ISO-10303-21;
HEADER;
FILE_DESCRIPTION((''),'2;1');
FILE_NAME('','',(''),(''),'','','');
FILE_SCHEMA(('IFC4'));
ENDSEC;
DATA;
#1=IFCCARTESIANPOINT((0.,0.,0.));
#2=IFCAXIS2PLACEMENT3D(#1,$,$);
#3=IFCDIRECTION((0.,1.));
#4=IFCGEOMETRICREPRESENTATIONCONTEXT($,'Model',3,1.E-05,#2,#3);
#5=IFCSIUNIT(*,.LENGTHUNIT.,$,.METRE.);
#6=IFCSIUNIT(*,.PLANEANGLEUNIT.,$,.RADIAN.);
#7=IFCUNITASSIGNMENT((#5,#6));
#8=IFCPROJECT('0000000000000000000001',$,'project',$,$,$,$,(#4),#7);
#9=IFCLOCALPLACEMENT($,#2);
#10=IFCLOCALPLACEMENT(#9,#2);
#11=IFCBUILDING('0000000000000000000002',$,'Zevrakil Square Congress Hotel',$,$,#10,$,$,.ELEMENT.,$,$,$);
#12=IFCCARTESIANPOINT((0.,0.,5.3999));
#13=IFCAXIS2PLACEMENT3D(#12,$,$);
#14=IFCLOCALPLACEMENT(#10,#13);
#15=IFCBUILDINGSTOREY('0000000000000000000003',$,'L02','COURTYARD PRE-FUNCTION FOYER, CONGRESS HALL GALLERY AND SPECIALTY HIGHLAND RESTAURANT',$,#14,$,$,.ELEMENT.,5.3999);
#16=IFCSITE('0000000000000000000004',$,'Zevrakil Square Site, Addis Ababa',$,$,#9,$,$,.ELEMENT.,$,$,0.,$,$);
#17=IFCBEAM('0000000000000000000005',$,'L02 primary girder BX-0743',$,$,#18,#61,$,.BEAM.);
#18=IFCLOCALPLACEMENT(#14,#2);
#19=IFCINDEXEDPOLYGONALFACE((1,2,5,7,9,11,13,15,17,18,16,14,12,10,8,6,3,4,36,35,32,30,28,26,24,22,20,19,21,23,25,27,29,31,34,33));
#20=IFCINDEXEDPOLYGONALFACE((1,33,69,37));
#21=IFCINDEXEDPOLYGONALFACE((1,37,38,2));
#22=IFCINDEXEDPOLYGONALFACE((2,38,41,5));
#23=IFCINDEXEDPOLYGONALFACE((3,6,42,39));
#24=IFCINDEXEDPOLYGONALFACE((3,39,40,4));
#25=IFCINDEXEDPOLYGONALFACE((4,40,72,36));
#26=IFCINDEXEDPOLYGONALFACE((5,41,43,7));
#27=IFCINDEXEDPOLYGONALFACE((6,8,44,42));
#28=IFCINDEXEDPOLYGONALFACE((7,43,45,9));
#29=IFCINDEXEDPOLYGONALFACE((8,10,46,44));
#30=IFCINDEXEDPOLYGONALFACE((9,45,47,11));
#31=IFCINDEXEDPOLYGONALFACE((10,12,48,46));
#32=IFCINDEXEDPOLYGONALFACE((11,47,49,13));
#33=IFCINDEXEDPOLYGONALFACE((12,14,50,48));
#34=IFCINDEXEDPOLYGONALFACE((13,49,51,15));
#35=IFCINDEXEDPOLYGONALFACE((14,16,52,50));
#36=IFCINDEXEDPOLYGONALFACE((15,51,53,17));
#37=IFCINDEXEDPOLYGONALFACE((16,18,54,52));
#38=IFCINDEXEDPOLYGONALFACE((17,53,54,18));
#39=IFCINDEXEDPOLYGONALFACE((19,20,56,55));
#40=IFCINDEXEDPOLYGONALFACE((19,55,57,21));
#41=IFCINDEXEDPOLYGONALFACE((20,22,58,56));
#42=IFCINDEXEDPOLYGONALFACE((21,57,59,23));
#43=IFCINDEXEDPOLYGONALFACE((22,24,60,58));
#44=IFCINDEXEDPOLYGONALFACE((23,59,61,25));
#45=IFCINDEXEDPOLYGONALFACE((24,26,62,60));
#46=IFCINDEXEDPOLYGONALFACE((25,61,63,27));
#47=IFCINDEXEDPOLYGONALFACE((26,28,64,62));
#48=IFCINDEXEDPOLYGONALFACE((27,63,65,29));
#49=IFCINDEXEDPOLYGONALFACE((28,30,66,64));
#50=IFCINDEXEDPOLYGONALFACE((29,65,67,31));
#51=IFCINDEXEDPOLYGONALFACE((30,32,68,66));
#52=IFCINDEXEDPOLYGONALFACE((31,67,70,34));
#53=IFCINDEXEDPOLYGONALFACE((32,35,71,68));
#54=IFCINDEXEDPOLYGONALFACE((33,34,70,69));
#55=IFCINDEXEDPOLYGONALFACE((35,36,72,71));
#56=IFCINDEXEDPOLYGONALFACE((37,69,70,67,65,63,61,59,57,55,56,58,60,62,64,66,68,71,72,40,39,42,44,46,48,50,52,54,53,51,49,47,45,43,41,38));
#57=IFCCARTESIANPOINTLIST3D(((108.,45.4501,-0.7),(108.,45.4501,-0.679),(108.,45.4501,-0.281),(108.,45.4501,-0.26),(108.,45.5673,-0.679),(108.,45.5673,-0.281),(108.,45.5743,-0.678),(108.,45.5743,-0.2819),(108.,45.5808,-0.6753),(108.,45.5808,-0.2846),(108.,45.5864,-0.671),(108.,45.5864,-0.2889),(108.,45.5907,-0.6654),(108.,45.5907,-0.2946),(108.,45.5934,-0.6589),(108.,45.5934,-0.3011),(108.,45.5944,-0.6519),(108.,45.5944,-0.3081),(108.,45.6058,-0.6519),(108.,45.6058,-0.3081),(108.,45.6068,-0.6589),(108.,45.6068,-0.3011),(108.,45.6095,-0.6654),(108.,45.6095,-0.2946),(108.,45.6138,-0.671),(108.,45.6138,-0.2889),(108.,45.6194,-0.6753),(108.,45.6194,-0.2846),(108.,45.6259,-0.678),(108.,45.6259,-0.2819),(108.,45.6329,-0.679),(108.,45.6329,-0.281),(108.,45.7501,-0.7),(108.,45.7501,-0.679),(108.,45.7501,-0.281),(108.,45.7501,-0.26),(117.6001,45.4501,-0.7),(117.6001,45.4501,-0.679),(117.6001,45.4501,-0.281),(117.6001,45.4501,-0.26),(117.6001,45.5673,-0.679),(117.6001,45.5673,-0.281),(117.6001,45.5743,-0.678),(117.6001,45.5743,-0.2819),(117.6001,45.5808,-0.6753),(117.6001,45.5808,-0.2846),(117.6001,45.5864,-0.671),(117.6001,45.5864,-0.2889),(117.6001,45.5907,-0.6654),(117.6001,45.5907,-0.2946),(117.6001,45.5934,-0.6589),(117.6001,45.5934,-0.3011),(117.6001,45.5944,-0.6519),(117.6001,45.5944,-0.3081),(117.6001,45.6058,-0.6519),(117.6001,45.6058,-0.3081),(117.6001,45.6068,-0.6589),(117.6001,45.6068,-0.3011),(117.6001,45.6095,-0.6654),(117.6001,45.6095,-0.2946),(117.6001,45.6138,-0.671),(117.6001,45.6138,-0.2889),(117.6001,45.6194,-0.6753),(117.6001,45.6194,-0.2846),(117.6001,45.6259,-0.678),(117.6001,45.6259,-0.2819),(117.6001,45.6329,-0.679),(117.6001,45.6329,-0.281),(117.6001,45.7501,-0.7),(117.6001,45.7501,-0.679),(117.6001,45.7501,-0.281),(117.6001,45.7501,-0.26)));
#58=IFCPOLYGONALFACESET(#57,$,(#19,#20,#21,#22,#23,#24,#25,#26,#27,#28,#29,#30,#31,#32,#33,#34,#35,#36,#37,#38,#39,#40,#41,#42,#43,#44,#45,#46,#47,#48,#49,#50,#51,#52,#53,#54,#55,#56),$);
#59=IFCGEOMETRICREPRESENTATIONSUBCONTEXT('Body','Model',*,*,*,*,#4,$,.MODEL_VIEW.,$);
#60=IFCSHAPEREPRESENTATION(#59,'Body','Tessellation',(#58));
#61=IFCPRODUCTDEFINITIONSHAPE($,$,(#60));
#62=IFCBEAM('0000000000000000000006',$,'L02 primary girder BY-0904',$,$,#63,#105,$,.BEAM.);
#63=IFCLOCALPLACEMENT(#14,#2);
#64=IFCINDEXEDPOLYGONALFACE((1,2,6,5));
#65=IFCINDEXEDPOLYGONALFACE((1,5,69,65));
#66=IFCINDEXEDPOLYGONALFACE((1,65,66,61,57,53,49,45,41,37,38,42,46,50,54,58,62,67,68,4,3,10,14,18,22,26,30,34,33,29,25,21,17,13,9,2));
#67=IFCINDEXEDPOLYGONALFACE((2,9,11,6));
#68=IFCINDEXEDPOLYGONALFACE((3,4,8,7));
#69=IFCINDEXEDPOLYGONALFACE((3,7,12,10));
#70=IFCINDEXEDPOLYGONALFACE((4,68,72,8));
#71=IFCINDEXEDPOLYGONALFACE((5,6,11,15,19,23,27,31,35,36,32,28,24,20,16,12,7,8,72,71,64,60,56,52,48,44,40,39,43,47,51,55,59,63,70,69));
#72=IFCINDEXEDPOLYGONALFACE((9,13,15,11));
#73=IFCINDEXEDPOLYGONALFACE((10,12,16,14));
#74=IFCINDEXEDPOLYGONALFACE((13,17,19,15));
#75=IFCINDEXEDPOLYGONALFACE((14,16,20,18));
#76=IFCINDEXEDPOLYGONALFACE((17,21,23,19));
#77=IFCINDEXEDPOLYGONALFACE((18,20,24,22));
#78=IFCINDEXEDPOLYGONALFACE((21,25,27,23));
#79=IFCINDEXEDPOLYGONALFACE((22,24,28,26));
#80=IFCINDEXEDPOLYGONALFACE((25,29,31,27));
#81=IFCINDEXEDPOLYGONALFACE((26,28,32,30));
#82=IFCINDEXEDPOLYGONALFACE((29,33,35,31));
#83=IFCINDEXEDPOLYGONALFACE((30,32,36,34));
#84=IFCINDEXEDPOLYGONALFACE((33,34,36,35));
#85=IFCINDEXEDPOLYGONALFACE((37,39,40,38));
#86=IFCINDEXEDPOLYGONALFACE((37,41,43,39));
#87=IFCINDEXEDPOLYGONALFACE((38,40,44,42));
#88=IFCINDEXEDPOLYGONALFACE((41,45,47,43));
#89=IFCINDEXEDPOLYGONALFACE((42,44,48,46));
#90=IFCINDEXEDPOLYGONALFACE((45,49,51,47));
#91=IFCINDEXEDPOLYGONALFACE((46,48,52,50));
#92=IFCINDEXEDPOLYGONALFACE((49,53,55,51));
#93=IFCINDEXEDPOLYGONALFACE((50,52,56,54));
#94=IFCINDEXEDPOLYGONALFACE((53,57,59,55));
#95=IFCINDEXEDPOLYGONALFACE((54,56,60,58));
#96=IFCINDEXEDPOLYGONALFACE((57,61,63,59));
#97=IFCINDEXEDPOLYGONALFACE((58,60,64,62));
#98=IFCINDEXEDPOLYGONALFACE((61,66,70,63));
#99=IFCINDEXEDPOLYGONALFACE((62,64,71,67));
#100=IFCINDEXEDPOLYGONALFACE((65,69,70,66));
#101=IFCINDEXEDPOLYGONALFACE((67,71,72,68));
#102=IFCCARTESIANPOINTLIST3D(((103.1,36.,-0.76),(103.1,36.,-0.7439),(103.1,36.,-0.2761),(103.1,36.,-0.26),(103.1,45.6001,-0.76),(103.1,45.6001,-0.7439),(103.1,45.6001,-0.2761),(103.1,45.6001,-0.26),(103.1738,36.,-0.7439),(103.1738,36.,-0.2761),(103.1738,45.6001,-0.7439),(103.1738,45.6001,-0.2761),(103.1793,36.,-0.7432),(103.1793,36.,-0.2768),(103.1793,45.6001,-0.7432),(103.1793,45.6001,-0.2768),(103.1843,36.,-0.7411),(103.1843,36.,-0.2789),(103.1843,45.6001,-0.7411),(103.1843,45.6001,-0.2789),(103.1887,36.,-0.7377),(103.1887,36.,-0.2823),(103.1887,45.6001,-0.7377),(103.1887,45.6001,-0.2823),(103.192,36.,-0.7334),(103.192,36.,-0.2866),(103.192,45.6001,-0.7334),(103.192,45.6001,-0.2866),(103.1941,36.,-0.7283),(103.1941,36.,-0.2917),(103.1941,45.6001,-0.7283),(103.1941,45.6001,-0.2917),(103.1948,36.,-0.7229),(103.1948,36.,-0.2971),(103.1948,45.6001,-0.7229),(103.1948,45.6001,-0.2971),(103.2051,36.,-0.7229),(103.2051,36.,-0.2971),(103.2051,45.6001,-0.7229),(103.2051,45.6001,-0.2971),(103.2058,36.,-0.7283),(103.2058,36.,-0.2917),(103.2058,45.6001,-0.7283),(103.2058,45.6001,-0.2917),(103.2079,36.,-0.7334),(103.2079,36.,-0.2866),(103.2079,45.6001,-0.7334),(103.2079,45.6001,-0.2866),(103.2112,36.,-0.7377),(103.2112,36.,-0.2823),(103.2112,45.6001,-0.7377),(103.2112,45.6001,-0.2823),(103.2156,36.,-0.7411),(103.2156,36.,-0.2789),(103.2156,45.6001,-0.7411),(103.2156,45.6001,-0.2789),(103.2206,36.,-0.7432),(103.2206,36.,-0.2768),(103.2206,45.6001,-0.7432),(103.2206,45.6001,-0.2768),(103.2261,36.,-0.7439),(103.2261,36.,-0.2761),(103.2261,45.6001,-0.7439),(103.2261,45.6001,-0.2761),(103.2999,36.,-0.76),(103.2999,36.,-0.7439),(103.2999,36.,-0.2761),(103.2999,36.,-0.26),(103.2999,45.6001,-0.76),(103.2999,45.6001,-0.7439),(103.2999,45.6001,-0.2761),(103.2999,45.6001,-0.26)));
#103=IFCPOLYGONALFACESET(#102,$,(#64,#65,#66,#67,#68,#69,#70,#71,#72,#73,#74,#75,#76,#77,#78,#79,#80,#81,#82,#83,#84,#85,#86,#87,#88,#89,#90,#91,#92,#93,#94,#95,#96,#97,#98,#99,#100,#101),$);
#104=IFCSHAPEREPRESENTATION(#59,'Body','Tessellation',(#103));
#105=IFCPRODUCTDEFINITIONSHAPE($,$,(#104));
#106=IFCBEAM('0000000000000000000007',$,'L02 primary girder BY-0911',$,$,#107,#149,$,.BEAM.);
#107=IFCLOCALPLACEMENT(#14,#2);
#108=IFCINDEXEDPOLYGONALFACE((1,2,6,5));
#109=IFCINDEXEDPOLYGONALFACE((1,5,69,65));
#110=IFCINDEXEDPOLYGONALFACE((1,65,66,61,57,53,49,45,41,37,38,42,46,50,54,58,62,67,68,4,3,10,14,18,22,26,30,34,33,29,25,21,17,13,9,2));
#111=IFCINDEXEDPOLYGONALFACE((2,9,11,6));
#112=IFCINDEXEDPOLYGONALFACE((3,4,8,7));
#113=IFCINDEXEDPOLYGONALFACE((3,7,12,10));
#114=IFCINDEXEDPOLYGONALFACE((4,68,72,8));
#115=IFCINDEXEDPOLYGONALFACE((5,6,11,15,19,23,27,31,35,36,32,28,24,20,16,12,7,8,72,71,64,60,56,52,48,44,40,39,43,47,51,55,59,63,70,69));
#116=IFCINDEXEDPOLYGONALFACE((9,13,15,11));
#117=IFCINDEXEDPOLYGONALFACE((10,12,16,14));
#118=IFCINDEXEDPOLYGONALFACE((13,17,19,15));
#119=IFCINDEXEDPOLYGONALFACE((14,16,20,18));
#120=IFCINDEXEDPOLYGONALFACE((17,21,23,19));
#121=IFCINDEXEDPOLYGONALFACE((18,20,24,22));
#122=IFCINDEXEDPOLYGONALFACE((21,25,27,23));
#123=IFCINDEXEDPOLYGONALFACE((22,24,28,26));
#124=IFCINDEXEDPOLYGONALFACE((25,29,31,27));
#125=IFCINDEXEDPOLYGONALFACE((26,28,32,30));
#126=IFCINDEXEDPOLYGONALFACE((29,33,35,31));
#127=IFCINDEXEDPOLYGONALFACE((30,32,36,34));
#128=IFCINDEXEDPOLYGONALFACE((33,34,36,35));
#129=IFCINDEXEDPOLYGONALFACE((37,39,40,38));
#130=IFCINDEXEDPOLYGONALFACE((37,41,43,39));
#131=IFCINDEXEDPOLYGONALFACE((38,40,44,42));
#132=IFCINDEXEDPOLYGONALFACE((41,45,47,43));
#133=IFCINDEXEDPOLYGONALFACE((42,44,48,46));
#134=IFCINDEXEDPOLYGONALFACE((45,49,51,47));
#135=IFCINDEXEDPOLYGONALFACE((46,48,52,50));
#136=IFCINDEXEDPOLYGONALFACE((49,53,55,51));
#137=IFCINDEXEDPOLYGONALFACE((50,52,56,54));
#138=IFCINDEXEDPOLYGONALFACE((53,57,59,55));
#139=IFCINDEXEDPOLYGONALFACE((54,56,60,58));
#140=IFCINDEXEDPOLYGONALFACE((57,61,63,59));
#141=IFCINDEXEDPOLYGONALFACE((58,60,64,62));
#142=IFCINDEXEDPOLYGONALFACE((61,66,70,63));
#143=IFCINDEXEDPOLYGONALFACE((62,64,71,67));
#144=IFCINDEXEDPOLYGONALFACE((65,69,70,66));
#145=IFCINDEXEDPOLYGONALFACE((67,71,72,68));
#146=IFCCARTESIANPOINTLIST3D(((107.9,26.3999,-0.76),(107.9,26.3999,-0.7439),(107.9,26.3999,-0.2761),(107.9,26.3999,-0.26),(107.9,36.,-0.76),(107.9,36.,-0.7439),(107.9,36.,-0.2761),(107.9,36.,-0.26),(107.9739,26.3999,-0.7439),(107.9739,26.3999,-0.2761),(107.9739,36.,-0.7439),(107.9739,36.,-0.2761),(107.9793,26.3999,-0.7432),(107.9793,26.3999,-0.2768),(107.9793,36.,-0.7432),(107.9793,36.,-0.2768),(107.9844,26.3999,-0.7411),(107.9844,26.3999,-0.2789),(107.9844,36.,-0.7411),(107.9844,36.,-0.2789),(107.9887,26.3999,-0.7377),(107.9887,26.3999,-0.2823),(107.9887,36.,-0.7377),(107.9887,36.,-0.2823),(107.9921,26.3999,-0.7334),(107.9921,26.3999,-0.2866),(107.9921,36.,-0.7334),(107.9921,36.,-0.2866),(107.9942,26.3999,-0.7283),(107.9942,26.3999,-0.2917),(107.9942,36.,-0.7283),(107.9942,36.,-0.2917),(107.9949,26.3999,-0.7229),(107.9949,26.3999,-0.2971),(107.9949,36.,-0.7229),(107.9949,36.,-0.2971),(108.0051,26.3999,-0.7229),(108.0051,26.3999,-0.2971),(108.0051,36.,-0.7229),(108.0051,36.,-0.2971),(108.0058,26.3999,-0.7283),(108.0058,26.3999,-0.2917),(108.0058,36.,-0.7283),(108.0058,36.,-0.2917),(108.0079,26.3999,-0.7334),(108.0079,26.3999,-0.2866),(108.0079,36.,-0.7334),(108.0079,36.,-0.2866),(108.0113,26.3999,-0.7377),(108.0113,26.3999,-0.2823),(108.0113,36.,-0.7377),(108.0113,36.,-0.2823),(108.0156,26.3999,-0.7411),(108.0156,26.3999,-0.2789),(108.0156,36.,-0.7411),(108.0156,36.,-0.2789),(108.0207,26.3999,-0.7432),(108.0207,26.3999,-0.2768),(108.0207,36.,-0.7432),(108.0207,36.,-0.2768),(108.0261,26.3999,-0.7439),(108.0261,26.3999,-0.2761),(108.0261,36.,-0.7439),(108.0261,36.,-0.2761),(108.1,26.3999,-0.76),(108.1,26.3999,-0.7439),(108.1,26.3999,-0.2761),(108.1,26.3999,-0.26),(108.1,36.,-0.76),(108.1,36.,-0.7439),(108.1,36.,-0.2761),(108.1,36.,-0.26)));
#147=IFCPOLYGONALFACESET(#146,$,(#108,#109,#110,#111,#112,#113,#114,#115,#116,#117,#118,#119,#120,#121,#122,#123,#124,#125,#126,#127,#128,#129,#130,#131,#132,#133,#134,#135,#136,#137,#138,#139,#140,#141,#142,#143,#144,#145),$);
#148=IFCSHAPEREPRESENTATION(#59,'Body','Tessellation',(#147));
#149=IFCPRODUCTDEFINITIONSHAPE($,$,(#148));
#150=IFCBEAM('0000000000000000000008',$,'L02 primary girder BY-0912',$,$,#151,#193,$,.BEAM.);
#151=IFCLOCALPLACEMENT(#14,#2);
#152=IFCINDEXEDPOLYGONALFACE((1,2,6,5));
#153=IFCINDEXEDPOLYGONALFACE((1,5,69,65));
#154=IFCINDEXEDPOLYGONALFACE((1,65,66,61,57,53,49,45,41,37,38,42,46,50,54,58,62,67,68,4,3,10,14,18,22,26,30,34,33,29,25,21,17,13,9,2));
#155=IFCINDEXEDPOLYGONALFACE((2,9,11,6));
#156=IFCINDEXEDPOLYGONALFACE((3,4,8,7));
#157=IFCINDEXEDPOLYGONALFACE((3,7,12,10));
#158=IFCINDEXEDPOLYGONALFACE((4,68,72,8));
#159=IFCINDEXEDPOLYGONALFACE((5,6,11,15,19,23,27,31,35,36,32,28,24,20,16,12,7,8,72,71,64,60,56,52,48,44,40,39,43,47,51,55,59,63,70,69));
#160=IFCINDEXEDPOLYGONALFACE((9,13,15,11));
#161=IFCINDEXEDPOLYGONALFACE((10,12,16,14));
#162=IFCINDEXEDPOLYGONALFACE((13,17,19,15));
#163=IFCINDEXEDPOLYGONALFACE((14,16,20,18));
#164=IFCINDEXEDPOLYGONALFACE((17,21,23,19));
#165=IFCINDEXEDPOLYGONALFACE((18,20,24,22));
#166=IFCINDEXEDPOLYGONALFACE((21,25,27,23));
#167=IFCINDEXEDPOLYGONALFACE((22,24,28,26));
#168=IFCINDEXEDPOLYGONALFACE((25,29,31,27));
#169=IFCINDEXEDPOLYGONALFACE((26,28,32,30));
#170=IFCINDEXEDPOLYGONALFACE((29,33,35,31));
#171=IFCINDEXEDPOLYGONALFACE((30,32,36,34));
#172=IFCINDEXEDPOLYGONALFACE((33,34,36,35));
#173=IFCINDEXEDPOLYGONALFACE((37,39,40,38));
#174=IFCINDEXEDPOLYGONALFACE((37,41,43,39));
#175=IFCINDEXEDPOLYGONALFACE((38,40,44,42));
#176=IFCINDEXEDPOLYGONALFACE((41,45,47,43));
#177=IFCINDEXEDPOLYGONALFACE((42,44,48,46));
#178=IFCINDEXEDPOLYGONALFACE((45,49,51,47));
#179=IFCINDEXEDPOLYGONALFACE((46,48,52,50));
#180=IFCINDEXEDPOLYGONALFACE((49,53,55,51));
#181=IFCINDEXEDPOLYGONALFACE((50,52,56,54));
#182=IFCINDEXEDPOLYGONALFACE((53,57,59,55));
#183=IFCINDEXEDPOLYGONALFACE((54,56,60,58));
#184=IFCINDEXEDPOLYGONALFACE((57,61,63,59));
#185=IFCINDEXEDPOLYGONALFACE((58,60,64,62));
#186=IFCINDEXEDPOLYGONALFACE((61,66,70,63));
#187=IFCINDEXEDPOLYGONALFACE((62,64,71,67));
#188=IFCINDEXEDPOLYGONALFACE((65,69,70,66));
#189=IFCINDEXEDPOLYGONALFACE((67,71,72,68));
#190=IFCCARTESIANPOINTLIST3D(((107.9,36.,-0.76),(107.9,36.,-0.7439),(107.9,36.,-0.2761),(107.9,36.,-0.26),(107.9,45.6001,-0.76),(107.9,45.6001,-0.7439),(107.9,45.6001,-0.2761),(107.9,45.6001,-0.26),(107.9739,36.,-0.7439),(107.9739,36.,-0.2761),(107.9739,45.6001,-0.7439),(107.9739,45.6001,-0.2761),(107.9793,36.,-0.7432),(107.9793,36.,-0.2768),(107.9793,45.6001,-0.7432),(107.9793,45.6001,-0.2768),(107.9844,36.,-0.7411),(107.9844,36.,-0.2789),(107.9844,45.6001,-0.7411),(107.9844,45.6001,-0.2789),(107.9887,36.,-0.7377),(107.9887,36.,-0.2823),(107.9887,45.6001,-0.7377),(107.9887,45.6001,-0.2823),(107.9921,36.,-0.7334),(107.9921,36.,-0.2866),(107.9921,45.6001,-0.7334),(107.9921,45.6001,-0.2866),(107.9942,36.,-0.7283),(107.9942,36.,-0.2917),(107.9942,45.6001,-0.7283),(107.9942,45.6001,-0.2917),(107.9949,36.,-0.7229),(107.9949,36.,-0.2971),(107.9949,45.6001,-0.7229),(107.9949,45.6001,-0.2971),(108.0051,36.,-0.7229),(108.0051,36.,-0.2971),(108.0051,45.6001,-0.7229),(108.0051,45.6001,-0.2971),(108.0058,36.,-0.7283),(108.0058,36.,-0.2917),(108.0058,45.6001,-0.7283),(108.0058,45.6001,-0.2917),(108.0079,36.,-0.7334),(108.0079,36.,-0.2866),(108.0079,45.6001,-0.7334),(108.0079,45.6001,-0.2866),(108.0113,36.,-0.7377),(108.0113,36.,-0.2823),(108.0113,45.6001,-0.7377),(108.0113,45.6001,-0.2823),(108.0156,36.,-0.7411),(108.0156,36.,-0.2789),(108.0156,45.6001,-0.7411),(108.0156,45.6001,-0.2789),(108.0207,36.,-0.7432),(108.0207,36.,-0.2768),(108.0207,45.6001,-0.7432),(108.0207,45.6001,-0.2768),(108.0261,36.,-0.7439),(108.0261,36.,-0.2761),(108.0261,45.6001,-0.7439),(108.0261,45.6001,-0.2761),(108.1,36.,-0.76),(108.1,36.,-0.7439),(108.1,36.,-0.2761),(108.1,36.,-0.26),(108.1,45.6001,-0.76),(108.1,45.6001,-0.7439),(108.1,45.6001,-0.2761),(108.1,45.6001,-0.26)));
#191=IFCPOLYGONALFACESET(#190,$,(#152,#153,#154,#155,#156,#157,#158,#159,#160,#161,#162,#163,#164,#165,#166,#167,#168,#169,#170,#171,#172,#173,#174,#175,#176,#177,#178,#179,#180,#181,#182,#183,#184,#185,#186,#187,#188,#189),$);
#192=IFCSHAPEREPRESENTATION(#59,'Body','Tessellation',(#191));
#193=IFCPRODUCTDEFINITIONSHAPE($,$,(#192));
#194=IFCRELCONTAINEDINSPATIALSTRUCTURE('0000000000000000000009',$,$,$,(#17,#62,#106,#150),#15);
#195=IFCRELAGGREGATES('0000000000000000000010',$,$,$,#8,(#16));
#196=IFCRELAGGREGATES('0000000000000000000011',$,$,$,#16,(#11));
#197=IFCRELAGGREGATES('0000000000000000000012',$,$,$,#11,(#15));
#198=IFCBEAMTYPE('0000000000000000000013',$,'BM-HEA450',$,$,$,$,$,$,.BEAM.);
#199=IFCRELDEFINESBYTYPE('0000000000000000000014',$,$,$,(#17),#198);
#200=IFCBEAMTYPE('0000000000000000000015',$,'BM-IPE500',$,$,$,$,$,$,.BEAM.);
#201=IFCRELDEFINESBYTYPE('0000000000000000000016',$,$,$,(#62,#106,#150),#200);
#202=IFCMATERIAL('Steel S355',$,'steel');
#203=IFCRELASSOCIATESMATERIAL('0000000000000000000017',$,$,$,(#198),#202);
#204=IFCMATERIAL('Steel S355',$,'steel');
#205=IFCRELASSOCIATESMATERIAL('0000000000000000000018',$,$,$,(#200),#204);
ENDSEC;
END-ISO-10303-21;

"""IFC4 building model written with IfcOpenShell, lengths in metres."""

from ifc_helpers import new_model, si_unit, direction, frame, origin, origin_2d, place, context, subcontext, project, spatial, i_section, extrude, material, material_profile, profile_set, type_object, element, save


model = new_model("IFC4")

# Units and contexts
model_context = context("Model", 3, precision=1e-05, world=origin(), true_north=direction((0.0, 1.0)))
body_context = subcontext(model_context, "Body", "Model", "MODEL_VIEW")
ifc_project = project(units=[si_unit("LENGTHUNIT", "METRE"), si_unit("PLANEANGLEUNIT", "RADIAN")], contexts=[model_context])

# Site, building, storey
site_placement = place(None, origin())
site = spatial("IfcSite", under=ifc_project, at=site_placement, Name="Zevrakil Square Site, Addis Ababa", CompositionType="ELEMENT", RefElevation=0.0)
building_placement = place(site_placement, origin())
building = spatial("IfcBuilding", under=site, at=building_placement, Name="Zevrakil Square Congress Hotel", CompositionType="ELEMENT")
storey_placement = place(building_placement, frame((0.0, 0.0, 5.3999)))
storey = spatial("IfcBuildingStorey", under=building, at=storey_placement, Name="L02", Description="COURTYARD PRE-FUNCTION FOYER, CONGRESS HALL GALLERY AND SPECIALTY HIGHLAND RESTAURANT", CompositionType="ELEMENT", Elevation=5.3999)

# Beams
ifc_material_1 = material(Name="Steel S355", Category="steel")
ifc_material_profile_1 = material_profile(ifc_material_1, i_section(OverallWidth=0.3, OverallDepth=0.4399, WebThickness=0.0115, FlangeThickness=0.021, FilletRadius=0.0271, at=origin_2d()), Name="HEA 450")
ifc_profile_set_1 = profile_set([ifc_material_profile_1], Name="Steel S355")
beam_type_1 = type_object("IfcBeamType", Name="BM-HEA450", PredefinedType="BEAM", material=ifc_profile_set_1)
for number, where, z_axis, x_axis, name in (
    (1, (108.0, 45.6001, -0.48), (1.0, 0.0, 0.0), (0.0, 1.0, 0.0), "L02 primary girder BX-0743"),
):
    element("IfcBeam", number, at=place(storey_placement, frame(where, z_axis=z_axis, x_axis=x_axis)), inside=storey, type_object=beam_type_1, Name=name, PredefinedType="BEAM", context=body_context, shape_type="SweptSolid", body=[
        extrude(i_section(OverallWidth=0.3, OverallDepth=0.4399, WebThickness=0.0115, FlangeThickness=0.021, FilletRadius=0.0271, at=origin_2d()), origin(), (0.0, 0.0, 1.0), 9.6001),
    ])
ifc_material_2 = material(Name="Steel S355", Category="steel")
ifc_material_profile_2 = material_profile(ifc_material_2, i_section(OverallWidth=0.2, OverallDepth=0.5, WebThickness=0.0103, FlangeThickness=0.0161, FilletRadius=0.021, at=origin_2d()), Name="IPE 500")
ifc_profile_set_2 = profile_set([ifc_material_profile_2], Name="Steel S355")
beam_type_2 = type_object("IfcBeamType", Name="BM-IPE500", PredefinedType="BEAM", material=ifc_profile_set_2)
for number, where, z_axis, x_axis, name in (
    (2, (103.2, 36.0, -0.51), (0.0, 1.0, 0.0), (-1.0, 0.0, 0.0), "L02 primary girder BY-0904"),
    (3, (108.0, 26.3999, -0.51), (0.0, 1.0, 0.0), (-1.0, 0.0, 0.0), "L02 primary girder BY-0911"),
    (4, (108.0, 36.0, -0.51), (0.0, 1.0, 0.0), (-1.0, 0.0, 0.0), "L02 primary girder BY-0912"),
):
    element("IfcBeam", number, at=place(storey_placement, frame(where, z_axis=z_axis, x_axis=x_axis)), inside=storey, type_object=beam_type_2, Name=name, PredefinedType="BEAM", context=body_context, shape_type="SweptSolid", body=[
        extrude(i_section(OverallWidth=0.2, OverallDepth=0.5, WebThickness=0.0103, FlangeThickness=0.0161, FilletRadius=0.021, at=origin_2d()), origin(), (0.0, 0.0, 1.0), 9.6001),
    ])

save(model, "model.ifc")
